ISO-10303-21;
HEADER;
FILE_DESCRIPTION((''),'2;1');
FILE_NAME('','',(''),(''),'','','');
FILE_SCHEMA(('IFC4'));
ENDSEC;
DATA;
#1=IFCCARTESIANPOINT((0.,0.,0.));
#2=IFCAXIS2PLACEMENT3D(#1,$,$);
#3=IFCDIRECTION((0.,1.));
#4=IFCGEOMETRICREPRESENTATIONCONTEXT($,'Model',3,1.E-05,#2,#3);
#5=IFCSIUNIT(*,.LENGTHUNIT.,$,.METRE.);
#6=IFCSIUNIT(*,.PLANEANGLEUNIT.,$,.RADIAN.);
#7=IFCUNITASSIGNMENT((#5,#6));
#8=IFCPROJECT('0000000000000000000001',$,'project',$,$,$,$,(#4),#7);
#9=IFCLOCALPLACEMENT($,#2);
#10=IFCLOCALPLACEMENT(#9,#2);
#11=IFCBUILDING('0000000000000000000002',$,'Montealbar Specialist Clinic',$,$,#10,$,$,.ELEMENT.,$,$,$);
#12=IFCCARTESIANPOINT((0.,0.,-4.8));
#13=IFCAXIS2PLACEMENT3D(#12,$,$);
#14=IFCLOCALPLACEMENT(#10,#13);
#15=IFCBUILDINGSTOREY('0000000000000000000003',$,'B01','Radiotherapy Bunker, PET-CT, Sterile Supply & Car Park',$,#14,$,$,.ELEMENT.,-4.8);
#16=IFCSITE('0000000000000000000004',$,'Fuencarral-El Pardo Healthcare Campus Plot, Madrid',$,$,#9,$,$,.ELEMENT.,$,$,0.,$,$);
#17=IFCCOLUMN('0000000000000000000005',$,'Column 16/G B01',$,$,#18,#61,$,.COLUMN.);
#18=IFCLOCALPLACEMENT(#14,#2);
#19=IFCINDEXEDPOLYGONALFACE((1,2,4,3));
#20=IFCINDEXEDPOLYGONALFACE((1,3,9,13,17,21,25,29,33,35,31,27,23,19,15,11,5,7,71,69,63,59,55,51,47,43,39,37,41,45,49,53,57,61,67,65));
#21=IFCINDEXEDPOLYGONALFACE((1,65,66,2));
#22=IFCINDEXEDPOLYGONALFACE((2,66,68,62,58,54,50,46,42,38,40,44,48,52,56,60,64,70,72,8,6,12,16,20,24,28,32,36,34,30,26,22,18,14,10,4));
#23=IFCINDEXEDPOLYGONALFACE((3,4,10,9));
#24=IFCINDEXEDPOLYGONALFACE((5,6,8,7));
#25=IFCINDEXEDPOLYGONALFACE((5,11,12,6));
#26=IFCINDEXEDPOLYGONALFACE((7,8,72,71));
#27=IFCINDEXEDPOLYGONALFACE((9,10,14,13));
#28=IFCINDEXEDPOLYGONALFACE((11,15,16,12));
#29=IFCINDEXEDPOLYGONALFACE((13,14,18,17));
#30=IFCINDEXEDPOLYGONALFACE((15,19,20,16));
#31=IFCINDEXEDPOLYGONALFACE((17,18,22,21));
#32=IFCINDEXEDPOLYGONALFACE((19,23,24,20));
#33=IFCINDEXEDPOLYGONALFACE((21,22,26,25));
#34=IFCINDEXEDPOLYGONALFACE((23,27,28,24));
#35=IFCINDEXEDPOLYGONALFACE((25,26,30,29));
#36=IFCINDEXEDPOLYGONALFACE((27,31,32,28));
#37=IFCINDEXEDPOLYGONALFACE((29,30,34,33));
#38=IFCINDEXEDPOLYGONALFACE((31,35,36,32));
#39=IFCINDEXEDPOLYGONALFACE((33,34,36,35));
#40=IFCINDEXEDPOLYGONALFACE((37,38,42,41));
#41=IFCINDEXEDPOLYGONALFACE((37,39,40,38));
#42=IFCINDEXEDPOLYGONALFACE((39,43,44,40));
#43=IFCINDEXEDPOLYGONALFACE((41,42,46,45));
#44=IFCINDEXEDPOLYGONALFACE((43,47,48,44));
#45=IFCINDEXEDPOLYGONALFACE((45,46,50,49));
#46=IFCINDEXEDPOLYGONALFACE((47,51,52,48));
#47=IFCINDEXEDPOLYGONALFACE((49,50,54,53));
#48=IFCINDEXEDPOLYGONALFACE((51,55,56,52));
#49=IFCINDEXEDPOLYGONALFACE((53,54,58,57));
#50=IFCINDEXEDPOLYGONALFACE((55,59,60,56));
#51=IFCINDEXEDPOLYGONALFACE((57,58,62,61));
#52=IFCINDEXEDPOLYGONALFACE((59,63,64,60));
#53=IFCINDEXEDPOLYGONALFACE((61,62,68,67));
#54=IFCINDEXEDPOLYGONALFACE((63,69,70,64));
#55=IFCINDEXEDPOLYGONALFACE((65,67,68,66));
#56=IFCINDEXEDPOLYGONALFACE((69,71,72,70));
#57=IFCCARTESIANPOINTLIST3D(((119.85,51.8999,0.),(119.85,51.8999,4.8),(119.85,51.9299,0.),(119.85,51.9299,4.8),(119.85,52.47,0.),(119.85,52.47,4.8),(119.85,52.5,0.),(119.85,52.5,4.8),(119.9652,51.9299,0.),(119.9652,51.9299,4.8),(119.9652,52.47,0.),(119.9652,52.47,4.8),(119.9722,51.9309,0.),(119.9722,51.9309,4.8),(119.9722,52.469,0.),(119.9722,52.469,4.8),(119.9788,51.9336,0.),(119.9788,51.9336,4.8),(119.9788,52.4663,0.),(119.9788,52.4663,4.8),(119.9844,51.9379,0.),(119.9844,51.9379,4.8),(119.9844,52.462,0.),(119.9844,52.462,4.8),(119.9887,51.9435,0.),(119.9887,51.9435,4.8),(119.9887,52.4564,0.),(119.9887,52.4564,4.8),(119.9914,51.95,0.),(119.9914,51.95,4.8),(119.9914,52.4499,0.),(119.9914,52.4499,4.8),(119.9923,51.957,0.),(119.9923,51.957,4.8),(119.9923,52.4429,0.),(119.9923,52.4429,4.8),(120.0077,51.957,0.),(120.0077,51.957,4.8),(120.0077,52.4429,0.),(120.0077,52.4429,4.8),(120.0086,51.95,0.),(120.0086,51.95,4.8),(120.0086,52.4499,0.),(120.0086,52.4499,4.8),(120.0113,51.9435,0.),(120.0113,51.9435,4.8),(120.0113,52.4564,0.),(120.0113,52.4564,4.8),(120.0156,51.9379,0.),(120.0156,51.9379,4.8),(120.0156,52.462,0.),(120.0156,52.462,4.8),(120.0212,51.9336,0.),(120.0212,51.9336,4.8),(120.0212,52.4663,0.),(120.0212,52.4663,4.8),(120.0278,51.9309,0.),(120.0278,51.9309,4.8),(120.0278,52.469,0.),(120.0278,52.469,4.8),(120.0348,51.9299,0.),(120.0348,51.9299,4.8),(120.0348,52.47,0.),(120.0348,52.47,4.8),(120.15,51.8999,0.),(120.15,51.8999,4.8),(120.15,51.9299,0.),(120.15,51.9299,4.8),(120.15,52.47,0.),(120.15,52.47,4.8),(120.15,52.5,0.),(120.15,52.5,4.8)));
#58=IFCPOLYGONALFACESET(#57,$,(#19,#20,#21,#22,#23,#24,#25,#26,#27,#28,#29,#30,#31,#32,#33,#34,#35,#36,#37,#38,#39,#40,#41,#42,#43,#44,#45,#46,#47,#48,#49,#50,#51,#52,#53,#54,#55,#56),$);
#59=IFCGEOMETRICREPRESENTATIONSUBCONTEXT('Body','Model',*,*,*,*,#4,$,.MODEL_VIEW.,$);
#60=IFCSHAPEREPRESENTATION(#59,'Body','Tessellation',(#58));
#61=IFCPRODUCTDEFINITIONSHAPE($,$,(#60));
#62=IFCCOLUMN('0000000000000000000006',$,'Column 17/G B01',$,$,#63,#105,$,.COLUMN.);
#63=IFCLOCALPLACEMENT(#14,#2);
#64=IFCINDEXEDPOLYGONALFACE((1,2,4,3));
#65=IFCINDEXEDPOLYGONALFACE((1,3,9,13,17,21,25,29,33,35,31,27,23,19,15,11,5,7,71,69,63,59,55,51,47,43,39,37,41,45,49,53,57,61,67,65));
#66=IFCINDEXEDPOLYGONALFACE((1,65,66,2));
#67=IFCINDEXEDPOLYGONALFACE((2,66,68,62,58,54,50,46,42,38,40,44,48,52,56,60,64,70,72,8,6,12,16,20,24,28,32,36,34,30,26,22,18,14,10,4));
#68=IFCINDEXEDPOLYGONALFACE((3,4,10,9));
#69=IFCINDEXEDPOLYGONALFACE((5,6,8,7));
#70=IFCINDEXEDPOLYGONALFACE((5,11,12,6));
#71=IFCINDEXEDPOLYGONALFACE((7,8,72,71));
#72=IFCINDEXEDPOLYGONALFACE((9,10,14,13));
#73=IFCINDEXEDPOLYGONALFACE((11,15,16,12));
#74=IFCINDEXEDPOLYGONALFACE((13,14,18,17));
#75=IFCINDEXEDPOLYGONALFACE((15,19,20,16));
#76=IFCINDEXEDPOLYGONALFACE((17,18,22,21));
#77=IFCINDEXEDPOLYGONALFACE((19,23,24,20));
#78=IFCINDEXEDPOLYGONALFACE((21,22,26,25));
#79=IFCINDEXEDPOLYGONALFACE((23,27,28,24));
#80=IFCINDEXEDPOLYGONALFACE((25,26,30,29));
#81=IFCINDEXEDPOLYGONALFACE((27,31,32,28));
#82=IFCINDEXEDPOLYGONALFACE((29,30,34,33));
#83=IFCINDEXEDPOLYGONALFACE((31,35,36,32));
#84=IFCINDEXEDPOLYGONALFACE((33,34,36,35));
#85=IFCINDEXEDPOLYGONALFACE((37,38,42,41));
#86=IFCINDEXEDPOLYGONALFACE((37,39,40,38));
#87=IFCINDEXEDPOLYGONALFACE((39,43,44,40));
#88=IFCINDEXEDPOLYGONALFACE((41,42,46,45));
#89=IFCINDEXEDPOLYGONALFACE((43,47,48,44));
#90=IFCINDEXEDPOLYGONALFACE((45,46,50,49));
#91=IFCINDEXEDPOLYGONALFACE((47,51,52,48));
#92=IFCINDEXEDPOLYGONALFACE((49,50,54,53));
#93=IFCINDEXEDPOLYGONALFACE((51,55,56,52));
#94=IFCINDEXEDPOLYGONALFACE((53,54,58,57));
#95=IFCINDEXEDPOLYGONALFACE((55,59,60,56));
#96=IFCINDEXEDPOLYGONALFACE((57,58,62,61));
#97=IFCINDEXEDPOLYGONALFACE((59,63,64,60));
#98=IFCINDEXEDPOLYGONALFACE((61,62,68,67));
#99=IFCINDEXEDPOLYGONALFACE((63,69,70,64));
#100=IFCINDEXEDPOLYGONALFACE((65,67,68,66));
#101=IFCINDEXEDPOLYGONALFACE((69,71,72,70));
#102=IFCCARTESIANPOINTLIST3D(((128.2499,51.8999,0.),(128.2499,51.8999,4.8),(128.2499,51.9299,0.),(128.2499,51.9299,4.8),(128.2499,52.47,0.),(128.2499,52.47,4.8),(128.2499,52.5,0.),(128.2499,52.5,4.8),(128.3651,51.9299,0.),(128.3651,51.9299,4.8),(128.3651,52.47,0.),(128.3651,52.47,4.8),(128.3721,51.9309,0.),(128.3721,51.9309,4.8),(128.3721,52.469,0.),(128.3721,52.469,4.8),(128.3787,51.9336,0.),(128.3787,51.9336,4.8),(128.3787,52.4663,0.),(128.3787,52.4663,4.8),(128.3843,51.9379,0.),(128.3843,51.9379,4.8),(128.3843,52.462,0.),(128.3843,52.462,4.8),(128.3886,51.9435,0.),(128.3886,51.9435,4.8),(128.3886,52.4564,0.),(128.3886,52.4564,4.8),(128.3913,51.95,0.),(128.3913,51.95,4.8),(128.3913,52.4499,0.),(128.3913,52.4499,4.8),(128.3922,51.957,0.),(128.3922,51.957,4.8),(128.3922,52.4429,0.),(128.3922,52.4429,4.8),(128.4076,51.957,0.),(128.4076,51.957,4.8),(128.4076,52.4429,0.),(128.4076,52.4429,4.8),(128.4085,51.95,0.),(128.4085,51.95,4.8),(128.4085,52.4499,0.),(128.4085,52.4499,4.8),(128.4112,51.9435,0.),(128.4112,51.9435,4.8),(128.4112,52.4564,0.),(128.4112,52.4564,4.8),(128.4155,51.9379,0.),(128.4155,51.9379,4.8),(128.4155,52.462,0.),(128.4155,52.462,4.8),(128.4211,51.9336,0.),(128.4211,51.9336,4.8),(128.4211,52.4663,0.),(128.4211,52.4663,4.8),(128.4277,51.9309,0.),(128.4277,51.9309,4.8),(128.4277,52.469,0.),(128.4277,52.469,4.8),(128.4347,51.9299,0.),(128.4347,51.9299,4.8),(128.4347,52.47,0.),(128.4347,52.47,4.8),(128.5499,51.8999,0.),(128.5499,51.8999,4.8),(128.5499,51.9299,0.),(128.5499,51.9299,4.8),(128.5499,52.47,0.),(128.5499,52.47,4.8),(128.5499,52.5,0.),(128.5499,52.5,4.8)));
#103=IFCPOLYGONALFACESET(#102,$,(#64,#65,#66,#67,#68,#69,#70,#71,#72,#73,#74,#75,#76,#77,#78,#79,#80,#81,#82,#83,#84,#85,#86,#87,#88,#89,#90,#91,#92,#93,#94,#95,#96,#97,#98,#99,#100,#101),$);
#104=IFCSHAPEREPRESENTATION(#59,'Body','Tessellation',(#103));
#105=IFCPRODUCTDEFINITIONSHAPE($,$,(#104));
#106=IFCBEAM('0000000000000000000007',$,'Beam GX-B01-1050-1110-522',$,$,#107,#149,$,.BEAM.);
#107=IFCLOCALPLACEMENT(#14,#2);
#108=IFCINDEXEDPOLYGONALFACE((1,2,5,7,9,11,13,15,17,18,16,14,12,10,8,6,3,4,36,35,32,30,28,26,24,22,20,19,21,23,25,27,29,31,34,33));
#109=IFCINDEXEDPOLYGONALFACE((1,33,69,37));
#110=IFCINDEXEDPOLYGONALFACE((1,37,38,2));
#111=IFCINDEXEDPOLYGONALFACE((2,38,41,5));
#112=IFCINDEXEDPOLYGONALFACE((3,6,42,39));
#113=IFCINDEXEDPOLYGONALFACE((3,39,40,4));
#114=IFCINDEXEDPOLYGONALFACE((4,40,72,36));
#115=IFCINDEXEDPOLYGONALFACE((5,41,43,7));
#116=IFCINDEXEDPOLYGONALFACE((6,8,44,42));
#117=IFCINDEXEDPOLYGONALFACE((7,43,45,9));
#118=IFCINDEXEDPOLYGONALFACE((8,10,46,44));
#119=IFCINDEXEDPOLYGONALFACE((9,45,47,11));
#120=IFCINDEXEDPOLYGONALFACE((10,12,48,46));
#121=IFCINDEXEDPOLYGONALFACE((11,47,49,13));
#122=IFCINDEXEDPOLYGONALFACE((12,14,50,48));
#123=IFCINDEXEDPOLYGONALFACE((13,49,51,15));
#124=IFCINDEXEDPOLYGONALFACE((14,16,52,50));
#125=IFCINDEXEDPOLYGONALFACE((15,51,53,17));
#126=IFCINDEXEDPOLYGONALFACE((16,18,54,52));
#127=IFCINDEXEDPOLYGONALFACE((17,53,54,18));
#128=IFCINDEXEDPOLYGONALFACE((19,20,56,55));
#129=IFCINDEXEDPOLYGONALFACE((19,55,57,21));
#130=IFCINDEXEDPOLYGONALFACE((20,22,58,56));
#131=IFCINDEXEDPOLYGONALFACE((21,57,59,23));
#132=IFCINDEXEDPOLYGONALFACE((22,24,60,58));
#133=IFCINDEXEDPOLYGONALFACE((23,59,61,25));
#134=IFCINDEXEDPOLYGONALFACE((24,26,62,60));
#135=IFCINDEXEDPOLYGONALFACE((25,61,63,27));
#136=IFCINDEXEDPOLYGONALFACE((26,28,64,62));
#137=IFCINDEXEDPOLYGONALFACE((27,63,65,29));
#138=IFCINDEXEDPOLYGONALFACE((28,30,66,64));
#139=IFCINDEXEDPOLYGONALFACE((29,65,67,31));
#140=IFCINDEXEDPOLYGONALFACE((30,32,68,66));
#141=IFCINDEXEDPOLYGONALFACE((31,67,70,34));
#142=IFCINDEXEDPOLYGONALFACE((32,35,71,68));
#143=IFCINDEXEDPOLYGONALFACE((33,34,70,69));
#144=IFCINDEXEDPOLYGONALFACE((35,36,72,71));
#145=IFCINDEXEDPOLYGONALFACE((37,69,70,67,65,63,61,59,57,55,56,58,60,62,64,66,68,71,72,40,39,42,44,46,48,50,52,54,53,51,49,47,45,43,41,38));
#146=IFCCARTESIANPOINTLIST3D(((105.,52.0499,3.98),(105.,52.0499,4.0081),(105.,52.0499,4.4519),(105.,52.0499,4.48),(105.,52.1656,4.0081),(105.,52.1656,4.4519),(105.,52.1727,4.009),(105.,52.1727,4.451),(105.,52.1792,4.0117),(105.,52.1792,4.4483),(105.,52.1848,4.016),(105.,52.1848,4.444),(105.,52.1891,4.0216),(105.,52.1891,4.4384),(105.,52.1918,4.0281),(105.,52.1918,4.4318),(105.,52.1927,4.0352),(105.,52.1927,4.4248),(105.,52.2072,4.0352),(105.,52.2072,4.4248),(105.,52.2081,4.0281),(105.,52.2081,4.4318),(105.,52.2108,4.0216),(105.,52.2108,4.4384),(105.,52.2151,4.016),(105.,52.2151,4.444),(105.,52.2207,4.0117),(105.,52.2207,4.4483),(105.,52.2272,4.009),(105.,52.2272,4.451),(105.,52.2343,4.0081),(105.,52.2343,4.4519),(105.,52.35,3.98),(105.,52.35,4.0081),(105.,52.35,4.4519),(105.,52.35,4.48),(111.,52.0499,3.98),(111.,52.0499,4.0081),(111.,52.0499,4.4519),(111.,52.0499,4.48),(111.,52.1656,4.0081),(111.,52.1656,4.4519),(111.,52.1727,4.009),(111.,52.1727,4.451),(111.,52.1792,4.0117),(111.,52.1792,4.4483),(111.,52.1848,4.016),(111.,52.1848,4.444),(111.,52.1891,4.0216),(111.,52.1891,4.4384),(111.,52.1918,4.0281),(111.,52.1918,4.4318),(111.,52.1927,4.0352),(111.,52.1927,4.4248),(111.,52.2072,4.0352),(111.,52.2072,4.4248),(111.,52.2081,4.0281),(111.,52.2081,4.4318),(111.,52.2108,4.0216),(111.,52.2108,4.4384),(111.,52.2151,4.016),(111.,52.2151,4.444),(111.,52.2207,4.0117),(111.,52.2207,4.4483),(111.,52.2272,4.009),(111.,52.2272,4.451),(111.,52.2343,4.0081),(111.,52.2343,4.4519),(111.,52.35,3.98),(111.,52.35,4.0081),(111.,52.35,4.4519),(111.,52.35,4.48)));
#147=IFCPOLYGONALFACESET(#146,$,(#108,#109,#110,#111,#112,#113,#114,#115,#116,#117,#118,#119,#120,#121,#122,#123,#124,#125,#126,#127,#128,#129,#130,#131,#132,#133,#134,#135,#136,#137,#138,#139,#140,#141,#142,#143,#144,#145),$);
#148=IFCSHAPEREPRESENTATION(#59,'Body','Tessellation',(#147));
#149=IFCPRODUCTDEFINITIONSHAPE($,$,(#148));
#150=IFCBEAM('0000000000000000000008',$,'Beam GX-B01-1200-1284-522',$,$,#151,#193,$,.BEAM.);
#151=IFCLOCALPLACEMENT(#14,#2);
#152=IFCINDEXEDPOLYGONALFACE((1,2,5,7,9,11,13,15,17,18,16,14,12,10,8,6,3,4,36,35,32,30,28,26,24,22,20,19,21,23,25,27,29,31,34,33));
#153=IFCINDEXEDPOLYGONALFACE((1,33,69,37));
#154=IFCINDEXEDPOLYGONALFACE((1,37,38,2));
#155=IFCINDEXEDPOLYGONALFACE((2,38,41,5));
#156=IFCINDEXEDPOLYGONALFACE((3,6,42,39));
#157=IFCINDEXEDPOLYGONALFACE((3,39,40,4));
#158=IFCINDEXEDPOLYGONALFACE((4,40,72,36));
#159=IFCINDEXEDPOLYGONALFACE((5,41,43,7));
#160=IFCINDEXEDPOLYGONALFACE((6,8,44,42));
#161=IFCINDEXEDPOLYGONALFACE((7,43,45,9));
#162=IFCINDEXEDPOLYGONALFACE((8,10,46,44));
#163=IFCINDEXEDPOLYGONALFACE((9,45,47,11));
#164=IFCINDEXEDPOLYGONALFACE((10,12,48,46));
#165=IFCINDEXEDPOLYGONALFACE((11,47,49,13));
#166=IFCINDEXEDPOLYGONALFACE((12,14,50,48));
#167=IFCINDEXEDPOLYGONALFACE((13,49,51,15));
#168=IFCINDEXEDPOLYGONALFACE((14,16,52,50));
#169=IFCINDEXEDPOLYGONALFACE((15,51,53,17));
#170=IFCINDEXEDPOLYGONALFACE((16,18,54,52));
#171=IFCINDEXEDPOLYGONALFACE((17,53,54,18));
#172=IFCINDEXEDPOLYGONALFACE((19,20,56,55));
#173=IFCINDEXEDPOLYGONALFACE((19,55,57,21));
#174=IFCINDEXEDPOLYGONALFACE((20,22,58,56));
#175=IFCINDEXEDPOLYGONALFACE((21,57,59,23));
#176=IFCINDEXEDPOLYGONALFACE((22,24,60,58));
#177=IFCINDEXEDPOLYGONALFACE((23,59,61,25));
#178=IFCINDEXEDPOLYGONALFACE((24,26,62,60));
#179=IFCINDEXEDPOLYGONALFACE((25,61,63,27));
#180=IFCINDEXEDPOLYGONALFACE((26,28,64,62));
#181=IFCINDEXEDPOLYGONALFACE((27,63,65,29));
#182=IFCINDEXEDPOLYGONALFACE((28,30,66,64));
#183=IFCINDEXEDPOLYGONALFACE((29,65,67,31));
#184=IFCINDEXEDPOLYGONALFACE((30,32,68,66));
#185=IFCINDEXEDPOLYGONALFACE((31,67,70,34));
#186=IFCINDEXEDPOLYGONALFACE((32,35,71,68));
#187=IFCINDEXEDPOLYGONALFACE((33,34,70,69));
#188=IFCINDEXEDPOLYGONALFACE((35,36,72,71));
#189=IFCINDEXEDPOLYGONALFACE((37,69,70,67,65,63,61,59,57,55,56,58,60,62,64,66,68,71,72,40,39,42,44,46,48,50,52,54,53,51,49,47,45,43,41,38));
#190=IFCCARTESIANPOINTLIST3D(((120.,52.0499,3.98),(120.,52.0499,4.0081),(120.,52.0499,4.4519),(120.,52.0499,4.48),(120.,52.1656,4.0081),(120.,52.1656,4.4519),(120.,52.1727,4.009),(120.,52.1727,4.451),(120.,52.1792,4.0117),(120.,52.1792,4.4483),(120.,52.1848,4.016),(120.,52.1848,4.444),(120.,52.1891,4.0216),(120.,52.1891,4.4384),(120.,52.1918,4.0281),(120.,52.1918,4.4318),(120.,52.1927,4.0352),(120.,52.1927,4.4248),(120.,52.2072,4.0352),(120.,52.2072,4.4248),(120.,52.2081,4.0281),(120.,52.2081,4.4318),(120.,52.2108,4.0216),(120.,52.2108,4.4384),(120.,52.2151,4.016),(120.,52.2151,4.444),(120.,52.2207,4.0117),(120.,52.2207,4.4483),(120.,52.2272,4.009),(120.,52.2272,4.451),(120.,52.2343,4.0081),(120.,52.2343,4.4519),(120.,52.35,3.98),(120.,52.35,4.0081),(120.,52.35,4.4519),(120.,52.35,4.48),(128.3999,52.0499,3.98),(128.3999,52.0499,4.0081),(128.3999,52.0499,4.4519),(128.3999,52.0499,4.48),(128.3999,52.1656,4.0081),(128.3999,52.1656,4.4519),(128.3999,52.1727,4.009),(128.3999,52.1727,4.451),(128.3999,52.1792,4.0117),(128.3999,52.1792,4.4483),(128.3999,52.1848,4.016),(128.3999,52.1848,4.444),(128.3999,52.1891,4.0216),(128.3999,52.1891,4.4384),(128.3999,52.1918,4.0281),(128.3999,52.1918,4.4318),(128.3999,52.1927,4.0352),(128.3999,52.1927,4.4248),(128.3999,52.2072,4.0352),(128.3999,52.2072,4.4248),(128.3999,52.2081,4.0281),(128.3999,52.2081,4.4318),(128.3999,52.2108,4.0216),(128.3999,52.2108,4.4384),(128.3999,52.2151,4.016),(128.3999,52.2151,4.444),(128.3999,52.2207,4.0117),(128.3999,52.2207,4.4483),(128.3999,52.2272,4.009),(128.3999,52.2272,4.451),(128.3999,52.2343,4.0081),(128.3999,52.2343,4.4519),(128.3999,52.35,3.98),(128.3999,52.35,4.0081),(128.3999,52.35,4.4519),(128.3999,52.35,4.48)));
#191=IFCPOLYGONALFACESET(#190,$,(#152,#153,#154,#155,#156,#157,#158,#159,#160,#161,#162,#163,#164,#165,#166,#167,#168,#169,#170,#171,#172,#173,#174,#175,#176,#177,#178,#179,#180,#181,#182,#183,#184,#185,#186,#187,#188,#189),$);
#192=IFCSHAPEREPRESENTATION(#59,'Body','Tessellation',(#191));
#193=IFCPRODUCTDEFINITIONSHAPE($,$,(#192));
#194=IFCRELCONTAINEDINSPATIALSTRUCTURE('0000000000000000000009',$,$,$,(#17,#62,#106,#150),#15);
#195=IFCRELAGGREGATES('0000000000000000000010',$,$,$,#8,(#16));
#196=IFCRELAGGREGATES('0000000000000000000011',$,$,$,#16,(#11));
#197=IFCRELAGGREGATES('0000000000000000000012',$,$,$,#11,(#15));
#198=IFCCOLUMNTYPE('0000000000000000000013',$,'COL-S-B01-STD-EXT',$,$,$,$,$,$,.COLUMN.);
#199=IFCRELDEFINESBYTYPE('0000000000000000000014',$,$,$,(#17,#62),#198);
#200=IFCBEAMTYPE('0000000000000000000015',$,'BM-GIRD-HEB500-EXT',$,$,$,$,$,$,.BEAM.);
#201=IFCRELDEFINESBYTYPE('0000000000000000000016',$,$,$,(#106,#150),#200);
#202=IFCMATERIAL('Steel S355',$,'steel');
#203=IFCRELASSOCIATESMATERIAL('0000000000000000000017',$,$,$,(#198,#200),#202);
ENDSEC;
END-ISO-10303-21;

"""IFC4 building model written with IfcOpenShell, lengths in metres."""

from ifc_helpers import new_model, si_unit, direction, frame, origin, origin_2d, place, context, subcontext, project, spatial, i_section, extrude, material, material_profile, profile_set, type_object, element, save


model = new_model("IFC4")

# Units and contexts
model_context = context("Model", 3, precision=1e-05, world=origin(), true_north=direction((0.0, 1.0)))
body_context = subcontext(model_context, "Body", "Model", "MODEL_VIEW")
ifc_project = project(units=[si_unit("LENGTHUNIT", "METRE"), si_unit("PLANEANGLEUNIT", "RADIAN")], contexts=[model_context])

# Site, building, storey
site_placement = place(None, origin())
site = spatial("IfcSite", under=ifc_project, at=site_placement, Name="Fuencarral-El Pardo Healthcare Campus Plot, Madrid", CompositionType="ELEMENT", RefElevation=0.0)
building_placement = place(site_placement, origin())
building = spatial("IfcBuilding", under=site, at=building_placement, Name="Montealbar Specialist Clinic", CompositionType="ELEMENT")
storey_placement = place(building_placement, frame((0.0, 0.0, -4.8)))
storey = spatial("IfcBuildingStorey", under=building, at=storey_placement, Name="B01", Description="Radiotherapy Bunker, PET-CT, Sterile Supply & Car Park", CompositionType="ELEMENT", Elevation=-4.8)

# Columns
ifc_material_1 = material(Name="Steel S355", Category="steel")
ifc_material_profile_1 = material_profile(ifc_material_1, i_section(OverallWidth=0.3, OverallDepth=0.6001, WebThickness=0.0154, FlangeThickness=0.03, FilletRadius=0.0271, at=origin_2d()), Name="HEB 600", Category="steel")
ifc_profile_set_1 = profile_set([ifc_material_profile_1], Name="Steel S355")
column_type = type_object("IfcColumnType", Name="COL-S-B01-STD-EXT", PredefinedType="COLUMN", material=ifc_profile_set_1)
for number, where, z_axis, x_axis, name in (
    (1, (120.0, 52.2, 0.0), (0.0, 0.0, 1.0), (1.0, 0.0, 0.0), "Column 16/G B01"),
    (2, (128.3999, 52.2, 0.0), (0.0, 0.0, 1.0), (1.0, 0.0, 0.0), "Column 17/G B01"),
):
    element("IfcColumn", number, at=place(storey_placement, frame(where, z_axis=z_axis, x_axis=x_axis)), inside=storey, type_object=column_type, Name=name, PredefinedType="COLUMN", context=body_context, shape_type="SweptSolid", body=[
        extrude(i_section(OverallWidth=0.3, OverallDepth=0.6001, WebThickness=0.0154, FlangeThickness=0.03, FilletRadius=0.0271, at=origin_2d()), origin(), (0.0, 0.0, 1.0), 4.8),
    ])

# Beams
ifc_material_profile_2 = material_profile(ifc_material_1, i_section(OverallWidth=0.3, OverallDepth=0.5, WebThickness=0.0144, FlangeThickness=0.0281, FilletRadius=0.0271, at=origin_2d()), Name="HEB 500", Category="steel")
ifc_profile_set_2 = profile_set([ifc_material_profile_2], Name="Steel S355")
beam_type_1 = type_object("IfcBeamType", Name="BM-GIRD-HEB500-EXT", PredefinedType="BEAM", material=ifc_profile_set_2)
beam_1_placement = place(storey_placement, frame((105.0, 52.2, 4.23), z_axis=(1.0, 0.0, 0.0), x_axis=(0.0, 1.0, 0.0)))
element("IfcBeam", 3, at=beam_1_placement, inside=storey, type_object=beam_type_1, Name="Beam GX-B01-1050-1110-522", PredefinedType="BEAM", context=body_context, shape_type="SweptSolid", body=[
    extrude(i_section(OverallWidth=0.3, OverallDepth=0.5, WebThickness=0.0144, FlangeThickness=0.0281, FilletRadius=0.0271, at=origin_2d()), origin(), (0.0, 0.0, 1.0), 6.0),
])
beam_2_placement = place(storey_placement, frame((120.0, 52.2, 4.23), z_axis=(1.0, 0.0, 0.0), x_axis=(0.0, 1.0, 0.0)))
element("IfcBeam", 4, at=beam_2_placement, inside=storey, type_object=beam_type_1, Name="Beam GX-B01-1200-1284-522", PredefinedType="BEAM", context=body_context, shape_type="SweptSolid", body=[
    extrude(i_section(OverallWidth=0.3, OverallDepth=0.5, WebThickness=0.0144, FlangeThickness=0.0281, FilletRadius=0.0271, at=origin_2d()), origin(), (0.0, 0.0, 1.0), 8.3999),
])

save(model, "model.ifc")
